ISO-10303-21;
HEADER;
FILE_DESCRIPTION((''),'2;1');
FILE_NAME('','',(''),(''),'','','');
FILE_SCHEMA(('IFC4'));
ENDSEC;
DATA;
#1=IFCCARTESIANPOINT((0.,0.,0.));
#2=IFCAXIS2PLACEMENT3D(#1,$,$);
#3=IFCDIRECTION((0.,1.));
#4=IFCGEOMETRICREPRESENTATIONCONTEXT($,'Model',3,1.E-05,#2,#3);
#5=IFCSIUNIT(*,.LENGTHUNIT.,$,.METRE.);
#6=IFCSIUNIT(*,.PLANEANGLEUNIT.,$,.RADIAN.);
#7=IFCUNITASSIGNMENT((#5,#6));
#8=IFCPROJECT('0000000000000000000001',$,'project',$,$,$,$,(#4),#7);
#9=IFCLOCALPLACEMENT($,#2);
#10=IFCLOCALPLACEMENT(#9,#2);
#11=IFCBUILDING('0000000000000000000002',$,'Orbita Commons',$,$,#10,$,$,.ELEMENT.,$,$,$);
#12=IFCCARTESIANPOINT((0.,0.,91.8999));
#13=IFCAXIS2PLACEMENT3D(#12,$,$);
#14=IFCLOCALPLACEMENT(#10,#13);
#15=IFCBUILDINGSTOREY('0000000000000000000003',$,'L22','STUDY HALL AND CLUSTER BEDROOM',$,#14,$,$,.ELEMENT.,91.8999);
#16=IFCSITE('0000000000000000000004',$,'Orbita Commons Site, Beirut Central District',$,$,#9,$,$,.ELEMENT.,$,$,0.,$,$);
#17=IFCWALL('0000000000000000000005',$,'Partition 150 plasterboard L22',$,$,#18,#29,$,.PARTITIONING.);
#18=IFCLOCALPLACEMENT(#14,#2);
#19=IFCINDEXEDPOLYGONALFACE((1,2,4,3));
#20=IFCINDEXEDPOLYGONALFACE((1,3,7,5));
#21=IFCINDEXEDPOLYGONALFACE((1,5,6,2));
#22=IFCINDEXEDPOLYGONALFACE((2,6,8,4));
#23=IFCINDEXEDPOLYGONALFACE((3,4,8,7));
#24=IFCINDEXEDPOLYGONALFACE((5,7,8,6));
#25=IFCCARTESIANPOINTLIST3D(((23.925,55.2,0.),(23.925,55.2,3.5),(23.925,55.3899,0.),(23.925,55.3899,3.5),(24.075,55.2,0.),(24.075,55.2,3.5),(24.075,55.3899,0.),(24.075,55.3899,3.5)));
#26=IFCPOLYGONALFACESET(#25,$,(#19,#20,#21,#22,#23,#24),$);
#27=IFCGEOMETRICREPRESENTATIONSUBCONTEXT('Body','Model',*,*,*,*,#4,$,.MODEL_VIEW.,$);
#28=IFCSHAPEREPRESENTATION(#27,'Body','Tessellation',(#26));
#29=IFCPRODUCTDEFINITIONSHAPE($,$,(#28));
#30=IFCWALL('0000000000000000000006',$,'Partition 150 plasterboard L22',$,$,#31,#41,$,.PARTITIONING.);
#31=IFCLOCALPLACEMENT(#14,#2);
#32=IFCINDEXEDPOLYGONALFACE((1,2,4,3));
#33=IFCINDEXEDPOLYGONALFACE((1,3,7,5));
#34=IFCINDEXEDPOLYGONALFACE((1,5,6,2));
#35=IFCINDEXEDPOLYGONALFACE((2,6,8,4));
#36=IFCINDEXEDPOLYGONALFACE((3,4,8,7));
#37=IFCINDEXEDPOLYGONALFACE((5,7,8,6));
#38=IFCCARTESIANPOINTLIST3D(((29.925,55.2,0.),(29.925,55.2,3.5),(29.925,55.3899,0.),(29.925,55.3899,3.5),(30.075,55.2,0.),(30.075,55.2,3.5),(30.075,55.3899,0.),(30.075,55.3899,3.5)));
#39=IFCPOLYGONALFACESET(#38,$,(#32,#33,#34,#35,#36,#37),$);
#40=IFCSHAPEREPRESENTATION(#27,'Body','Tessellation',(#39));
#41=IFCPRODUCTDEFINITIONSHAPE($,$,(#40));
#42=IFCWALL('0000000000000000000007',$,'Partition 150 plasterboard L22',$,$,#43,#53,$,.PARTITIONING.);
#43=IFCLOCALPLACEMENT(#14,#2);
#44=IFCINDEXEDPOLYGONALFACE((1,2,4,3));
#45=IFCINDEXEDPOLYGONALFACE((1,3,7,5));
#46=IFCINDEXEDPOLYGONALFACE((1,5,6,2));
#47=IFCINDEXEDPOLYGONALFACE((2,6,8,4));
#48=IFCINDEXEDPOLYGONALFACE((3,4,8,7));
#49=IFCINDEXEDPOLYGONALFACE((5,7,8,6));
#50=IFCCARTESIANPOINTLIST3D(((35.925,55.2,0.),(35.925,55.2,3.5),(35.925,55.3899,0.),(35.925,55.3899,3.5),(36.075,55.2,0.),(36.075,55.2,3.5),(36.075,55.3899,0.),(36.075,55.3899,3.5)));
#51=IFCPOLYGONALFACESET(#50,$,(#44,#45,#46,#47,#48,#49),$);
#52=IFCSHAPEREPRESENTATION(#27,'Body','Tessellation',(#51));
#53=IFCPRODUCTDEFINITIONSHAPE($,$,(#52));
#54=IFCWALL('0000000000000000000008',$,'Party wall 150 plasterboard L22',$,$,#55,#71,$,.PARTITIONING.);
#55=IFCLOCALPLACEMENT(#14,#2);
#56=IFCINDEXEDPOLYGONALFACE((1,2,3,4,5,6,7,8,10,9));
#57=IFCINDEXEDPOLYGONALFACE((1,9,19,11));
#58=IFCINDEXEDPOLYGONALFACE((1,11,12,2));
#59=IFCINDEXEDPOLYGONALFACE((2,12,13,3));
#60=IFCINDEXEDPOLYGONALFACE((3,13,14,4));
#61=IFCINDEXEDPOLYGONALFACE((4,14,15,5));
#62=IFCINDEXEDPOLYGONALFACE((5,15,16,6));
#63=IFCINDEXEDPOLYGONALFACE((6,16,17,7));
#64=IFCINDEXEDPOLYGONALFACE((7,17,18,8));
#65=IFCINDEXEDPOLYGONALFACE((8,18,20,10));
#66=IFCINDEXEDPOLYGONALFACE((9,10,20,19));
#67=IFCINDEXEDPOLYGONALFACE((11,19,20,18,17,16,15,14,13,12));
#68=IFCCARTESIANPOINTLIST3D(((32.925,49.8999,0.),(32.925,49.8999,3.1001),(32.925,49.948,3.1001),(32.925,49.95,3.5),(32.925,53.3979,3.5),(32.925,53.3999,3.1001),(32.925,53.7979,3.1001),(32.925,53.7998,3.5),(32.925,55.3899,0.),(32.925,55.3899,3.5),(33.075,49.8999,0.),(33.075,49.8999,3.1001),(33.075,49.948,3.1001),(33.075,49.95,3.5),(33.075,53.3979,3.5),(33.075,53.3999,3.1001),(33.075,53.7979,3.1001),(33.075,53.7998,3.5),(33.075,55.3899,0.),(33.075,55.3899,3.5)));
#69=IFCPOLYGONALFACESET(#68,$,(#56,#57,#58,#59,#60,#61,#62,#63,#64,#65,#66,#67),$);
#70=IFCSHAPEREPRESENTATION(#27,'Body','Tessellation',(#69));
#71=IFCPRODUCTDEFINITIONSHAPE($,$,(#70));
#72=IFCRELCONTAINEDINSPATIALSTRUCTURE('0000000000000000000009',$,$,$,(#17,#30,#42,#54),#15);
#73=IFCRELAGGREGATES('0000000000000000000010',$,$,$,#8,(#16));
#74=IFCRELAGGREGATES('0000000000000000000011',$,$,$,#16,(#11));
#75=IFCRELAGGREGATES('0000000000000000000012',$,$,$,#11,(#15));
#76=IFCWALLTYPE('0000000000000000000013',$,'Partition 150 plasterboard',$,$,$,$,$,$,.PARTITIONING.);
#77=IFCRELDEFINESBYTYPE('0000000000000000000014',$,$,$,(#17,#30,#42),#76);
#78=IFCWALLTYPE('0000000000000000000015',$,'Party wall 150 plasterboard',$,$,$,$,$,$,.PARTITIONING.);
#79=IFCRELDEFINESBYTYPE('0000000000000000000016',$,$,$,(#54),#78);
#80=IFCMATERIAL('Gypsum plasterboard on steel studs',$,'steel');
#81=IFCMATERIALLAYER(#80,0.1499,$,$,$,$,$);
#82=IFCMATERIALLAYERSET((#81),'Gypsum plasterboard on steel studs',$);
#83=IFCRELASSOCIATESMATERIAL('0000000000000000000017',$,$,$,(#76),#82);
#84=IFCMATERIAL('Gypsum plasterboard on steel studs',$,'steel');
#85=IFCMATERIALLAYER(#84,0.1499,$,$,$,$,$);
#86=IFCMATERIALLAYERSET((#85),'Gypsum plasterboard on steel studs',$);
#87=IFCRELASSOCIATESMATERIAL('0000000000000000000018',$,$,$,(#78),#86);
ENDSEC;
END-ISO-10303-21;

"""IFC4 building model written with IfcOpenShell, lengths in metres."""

from ifc_helpers import new_model, si_unit, direction, frame, frame_2d, origin, place, context, subcontext, project, spatial, polyline, rectangle, outline, extrude, material, layer, layer_set, type_object, element, save


model = new_model("IFC4")

# Units and contexts
model_context = context("Model", 3, precision=1e-05, world=origin(), true_north=direction((0.0, 1.0)))
body_context = subcontext(model_context, "Body", "Model", "MODEL_VIEW")
ifc_project = project(units=[si_unit("LENGTHUNIT", "METRE"), si_unit("PLANEANGLEUNIT", "RADIAN")], contexts=[model_context])

# Site, building, storey
site_placement = place(None, origin())
site = spatial("IfcSite", under=ifc_project, at=site_placement, Name="Orbita Commons Site, Beirut Central District", CompositionType="ELEMENT", RefElevation=0.0)
building_placement = place(site_placement, origin())
building = spatial("IfcBuilding", under=site, at=building_placement, Name="Orbita Commons", CompositionType="ELEMENT")
storey_placement = place(building_placement, frame((0.0, 0.0, 91.8999)))
storey = spatial("IfcBuildingStorey", under=building, at=storey_placement, Name="L22", Description="STUDY HALL AND CLUSTER BEDROOM", CompositionType="ELEMENT", Elevation=91.8999)

# Walls
ifc_material_1 = material(Name="Gypsum plasterboard on steel studs", Category="steel")
ifc_layer_1 = layer(ifc_material_1, 0.1499)
ifc_layer_set_1 = layer_set([ifc_layer_1], Name="Gypsum plasterboard on steel studs")
wall_type_1 = type_object("IfcWallType", Name="Partition 150 plasterboard", PredefinedType="PARTITIONING", material=ifc_layer_set_1)
for number, where, z_axis, x_axis, name in (
    (1, (24.0, 55.2, 0.0), (0.0, 0.0, 1.0), (0.0, 1.0, 0.0), "Partition 150 plasterboard L22"),
    (2, (30.0, 55.2, 0.0), (0.0, 0.0, 1.0), (0.0, 1.0, 0.0), "Partition 150 plasterboard L22"),
    (3, (36.0, 55.2, 0.0), (0.0, 0.0, 1.0), (0.0, 1.0, 0.0), "Partition 150 plasterboard L22"),
):
    element("IfcWall", number, at=place(storey_placement, frame(where, z_axis=z_axis, x_axis=x_axis)), inside=storey, type_object=wall_type_1, Name=name, PredefinedType="PARTITIONING", context=body_context, shape_type="SweptSolid", body=[
        extrude(rectangle(XDim=0.1899, YDim=0.1499, at=frame_2d((0.095, 0.0))), origin(), (0.0, 0.0, 1.0), 3.5),
    ])
ifc_material_2 = material(Name="Gypsum plasterboard on steel studs", Category="steel")
ifc_layer_2 = layer(ifc_material_2, 0.1499)
ifc_layer_set_2 = layer_set([ifc_layer_2], Name="Gypsum plasterboard on steel studs")
wall_type_2 = type_object("IfcWallType", Name="Party wall 150 plasterboard", PredefinedType="PARTITIONING", material=ifc_layer_set_2)
wall_placement = place(storey_placement, frame((33.0, 55.3899, 0.0), z_axis=(0.0, 0.0, 1.0), x_axis=(0.0, -1.0, 0.0)))
element("IfcWall", 4, at=wall_placement, inside=storey, type_object=wall_type_2, Name="Party wall 150 plasterboard L22", PredefinedType="PARTITIONING", context=body_context, shape_type="SweptSolid", body=[
    extrude(outline(polyline([(0.0, 0.0), (5.49, 0.0), (5.49, 3.1001), (5.4419, 3.1001), (5.4399, 3.5), (1.9919, 3.5), (1.99, 3.1001), (1.592, 3.1001), (1.5901, 3.5), (0.0, 3.5), (0.0, 0.0)])), frame((0.0, 0.075, 0.0), z_axis=(0.0, -1.0, 0.0), x_axis=(1.0, 0.0, 0.0)), (0.0, 0.0, 1.0), 0.1499),
])

save(model, "model.ifc")
